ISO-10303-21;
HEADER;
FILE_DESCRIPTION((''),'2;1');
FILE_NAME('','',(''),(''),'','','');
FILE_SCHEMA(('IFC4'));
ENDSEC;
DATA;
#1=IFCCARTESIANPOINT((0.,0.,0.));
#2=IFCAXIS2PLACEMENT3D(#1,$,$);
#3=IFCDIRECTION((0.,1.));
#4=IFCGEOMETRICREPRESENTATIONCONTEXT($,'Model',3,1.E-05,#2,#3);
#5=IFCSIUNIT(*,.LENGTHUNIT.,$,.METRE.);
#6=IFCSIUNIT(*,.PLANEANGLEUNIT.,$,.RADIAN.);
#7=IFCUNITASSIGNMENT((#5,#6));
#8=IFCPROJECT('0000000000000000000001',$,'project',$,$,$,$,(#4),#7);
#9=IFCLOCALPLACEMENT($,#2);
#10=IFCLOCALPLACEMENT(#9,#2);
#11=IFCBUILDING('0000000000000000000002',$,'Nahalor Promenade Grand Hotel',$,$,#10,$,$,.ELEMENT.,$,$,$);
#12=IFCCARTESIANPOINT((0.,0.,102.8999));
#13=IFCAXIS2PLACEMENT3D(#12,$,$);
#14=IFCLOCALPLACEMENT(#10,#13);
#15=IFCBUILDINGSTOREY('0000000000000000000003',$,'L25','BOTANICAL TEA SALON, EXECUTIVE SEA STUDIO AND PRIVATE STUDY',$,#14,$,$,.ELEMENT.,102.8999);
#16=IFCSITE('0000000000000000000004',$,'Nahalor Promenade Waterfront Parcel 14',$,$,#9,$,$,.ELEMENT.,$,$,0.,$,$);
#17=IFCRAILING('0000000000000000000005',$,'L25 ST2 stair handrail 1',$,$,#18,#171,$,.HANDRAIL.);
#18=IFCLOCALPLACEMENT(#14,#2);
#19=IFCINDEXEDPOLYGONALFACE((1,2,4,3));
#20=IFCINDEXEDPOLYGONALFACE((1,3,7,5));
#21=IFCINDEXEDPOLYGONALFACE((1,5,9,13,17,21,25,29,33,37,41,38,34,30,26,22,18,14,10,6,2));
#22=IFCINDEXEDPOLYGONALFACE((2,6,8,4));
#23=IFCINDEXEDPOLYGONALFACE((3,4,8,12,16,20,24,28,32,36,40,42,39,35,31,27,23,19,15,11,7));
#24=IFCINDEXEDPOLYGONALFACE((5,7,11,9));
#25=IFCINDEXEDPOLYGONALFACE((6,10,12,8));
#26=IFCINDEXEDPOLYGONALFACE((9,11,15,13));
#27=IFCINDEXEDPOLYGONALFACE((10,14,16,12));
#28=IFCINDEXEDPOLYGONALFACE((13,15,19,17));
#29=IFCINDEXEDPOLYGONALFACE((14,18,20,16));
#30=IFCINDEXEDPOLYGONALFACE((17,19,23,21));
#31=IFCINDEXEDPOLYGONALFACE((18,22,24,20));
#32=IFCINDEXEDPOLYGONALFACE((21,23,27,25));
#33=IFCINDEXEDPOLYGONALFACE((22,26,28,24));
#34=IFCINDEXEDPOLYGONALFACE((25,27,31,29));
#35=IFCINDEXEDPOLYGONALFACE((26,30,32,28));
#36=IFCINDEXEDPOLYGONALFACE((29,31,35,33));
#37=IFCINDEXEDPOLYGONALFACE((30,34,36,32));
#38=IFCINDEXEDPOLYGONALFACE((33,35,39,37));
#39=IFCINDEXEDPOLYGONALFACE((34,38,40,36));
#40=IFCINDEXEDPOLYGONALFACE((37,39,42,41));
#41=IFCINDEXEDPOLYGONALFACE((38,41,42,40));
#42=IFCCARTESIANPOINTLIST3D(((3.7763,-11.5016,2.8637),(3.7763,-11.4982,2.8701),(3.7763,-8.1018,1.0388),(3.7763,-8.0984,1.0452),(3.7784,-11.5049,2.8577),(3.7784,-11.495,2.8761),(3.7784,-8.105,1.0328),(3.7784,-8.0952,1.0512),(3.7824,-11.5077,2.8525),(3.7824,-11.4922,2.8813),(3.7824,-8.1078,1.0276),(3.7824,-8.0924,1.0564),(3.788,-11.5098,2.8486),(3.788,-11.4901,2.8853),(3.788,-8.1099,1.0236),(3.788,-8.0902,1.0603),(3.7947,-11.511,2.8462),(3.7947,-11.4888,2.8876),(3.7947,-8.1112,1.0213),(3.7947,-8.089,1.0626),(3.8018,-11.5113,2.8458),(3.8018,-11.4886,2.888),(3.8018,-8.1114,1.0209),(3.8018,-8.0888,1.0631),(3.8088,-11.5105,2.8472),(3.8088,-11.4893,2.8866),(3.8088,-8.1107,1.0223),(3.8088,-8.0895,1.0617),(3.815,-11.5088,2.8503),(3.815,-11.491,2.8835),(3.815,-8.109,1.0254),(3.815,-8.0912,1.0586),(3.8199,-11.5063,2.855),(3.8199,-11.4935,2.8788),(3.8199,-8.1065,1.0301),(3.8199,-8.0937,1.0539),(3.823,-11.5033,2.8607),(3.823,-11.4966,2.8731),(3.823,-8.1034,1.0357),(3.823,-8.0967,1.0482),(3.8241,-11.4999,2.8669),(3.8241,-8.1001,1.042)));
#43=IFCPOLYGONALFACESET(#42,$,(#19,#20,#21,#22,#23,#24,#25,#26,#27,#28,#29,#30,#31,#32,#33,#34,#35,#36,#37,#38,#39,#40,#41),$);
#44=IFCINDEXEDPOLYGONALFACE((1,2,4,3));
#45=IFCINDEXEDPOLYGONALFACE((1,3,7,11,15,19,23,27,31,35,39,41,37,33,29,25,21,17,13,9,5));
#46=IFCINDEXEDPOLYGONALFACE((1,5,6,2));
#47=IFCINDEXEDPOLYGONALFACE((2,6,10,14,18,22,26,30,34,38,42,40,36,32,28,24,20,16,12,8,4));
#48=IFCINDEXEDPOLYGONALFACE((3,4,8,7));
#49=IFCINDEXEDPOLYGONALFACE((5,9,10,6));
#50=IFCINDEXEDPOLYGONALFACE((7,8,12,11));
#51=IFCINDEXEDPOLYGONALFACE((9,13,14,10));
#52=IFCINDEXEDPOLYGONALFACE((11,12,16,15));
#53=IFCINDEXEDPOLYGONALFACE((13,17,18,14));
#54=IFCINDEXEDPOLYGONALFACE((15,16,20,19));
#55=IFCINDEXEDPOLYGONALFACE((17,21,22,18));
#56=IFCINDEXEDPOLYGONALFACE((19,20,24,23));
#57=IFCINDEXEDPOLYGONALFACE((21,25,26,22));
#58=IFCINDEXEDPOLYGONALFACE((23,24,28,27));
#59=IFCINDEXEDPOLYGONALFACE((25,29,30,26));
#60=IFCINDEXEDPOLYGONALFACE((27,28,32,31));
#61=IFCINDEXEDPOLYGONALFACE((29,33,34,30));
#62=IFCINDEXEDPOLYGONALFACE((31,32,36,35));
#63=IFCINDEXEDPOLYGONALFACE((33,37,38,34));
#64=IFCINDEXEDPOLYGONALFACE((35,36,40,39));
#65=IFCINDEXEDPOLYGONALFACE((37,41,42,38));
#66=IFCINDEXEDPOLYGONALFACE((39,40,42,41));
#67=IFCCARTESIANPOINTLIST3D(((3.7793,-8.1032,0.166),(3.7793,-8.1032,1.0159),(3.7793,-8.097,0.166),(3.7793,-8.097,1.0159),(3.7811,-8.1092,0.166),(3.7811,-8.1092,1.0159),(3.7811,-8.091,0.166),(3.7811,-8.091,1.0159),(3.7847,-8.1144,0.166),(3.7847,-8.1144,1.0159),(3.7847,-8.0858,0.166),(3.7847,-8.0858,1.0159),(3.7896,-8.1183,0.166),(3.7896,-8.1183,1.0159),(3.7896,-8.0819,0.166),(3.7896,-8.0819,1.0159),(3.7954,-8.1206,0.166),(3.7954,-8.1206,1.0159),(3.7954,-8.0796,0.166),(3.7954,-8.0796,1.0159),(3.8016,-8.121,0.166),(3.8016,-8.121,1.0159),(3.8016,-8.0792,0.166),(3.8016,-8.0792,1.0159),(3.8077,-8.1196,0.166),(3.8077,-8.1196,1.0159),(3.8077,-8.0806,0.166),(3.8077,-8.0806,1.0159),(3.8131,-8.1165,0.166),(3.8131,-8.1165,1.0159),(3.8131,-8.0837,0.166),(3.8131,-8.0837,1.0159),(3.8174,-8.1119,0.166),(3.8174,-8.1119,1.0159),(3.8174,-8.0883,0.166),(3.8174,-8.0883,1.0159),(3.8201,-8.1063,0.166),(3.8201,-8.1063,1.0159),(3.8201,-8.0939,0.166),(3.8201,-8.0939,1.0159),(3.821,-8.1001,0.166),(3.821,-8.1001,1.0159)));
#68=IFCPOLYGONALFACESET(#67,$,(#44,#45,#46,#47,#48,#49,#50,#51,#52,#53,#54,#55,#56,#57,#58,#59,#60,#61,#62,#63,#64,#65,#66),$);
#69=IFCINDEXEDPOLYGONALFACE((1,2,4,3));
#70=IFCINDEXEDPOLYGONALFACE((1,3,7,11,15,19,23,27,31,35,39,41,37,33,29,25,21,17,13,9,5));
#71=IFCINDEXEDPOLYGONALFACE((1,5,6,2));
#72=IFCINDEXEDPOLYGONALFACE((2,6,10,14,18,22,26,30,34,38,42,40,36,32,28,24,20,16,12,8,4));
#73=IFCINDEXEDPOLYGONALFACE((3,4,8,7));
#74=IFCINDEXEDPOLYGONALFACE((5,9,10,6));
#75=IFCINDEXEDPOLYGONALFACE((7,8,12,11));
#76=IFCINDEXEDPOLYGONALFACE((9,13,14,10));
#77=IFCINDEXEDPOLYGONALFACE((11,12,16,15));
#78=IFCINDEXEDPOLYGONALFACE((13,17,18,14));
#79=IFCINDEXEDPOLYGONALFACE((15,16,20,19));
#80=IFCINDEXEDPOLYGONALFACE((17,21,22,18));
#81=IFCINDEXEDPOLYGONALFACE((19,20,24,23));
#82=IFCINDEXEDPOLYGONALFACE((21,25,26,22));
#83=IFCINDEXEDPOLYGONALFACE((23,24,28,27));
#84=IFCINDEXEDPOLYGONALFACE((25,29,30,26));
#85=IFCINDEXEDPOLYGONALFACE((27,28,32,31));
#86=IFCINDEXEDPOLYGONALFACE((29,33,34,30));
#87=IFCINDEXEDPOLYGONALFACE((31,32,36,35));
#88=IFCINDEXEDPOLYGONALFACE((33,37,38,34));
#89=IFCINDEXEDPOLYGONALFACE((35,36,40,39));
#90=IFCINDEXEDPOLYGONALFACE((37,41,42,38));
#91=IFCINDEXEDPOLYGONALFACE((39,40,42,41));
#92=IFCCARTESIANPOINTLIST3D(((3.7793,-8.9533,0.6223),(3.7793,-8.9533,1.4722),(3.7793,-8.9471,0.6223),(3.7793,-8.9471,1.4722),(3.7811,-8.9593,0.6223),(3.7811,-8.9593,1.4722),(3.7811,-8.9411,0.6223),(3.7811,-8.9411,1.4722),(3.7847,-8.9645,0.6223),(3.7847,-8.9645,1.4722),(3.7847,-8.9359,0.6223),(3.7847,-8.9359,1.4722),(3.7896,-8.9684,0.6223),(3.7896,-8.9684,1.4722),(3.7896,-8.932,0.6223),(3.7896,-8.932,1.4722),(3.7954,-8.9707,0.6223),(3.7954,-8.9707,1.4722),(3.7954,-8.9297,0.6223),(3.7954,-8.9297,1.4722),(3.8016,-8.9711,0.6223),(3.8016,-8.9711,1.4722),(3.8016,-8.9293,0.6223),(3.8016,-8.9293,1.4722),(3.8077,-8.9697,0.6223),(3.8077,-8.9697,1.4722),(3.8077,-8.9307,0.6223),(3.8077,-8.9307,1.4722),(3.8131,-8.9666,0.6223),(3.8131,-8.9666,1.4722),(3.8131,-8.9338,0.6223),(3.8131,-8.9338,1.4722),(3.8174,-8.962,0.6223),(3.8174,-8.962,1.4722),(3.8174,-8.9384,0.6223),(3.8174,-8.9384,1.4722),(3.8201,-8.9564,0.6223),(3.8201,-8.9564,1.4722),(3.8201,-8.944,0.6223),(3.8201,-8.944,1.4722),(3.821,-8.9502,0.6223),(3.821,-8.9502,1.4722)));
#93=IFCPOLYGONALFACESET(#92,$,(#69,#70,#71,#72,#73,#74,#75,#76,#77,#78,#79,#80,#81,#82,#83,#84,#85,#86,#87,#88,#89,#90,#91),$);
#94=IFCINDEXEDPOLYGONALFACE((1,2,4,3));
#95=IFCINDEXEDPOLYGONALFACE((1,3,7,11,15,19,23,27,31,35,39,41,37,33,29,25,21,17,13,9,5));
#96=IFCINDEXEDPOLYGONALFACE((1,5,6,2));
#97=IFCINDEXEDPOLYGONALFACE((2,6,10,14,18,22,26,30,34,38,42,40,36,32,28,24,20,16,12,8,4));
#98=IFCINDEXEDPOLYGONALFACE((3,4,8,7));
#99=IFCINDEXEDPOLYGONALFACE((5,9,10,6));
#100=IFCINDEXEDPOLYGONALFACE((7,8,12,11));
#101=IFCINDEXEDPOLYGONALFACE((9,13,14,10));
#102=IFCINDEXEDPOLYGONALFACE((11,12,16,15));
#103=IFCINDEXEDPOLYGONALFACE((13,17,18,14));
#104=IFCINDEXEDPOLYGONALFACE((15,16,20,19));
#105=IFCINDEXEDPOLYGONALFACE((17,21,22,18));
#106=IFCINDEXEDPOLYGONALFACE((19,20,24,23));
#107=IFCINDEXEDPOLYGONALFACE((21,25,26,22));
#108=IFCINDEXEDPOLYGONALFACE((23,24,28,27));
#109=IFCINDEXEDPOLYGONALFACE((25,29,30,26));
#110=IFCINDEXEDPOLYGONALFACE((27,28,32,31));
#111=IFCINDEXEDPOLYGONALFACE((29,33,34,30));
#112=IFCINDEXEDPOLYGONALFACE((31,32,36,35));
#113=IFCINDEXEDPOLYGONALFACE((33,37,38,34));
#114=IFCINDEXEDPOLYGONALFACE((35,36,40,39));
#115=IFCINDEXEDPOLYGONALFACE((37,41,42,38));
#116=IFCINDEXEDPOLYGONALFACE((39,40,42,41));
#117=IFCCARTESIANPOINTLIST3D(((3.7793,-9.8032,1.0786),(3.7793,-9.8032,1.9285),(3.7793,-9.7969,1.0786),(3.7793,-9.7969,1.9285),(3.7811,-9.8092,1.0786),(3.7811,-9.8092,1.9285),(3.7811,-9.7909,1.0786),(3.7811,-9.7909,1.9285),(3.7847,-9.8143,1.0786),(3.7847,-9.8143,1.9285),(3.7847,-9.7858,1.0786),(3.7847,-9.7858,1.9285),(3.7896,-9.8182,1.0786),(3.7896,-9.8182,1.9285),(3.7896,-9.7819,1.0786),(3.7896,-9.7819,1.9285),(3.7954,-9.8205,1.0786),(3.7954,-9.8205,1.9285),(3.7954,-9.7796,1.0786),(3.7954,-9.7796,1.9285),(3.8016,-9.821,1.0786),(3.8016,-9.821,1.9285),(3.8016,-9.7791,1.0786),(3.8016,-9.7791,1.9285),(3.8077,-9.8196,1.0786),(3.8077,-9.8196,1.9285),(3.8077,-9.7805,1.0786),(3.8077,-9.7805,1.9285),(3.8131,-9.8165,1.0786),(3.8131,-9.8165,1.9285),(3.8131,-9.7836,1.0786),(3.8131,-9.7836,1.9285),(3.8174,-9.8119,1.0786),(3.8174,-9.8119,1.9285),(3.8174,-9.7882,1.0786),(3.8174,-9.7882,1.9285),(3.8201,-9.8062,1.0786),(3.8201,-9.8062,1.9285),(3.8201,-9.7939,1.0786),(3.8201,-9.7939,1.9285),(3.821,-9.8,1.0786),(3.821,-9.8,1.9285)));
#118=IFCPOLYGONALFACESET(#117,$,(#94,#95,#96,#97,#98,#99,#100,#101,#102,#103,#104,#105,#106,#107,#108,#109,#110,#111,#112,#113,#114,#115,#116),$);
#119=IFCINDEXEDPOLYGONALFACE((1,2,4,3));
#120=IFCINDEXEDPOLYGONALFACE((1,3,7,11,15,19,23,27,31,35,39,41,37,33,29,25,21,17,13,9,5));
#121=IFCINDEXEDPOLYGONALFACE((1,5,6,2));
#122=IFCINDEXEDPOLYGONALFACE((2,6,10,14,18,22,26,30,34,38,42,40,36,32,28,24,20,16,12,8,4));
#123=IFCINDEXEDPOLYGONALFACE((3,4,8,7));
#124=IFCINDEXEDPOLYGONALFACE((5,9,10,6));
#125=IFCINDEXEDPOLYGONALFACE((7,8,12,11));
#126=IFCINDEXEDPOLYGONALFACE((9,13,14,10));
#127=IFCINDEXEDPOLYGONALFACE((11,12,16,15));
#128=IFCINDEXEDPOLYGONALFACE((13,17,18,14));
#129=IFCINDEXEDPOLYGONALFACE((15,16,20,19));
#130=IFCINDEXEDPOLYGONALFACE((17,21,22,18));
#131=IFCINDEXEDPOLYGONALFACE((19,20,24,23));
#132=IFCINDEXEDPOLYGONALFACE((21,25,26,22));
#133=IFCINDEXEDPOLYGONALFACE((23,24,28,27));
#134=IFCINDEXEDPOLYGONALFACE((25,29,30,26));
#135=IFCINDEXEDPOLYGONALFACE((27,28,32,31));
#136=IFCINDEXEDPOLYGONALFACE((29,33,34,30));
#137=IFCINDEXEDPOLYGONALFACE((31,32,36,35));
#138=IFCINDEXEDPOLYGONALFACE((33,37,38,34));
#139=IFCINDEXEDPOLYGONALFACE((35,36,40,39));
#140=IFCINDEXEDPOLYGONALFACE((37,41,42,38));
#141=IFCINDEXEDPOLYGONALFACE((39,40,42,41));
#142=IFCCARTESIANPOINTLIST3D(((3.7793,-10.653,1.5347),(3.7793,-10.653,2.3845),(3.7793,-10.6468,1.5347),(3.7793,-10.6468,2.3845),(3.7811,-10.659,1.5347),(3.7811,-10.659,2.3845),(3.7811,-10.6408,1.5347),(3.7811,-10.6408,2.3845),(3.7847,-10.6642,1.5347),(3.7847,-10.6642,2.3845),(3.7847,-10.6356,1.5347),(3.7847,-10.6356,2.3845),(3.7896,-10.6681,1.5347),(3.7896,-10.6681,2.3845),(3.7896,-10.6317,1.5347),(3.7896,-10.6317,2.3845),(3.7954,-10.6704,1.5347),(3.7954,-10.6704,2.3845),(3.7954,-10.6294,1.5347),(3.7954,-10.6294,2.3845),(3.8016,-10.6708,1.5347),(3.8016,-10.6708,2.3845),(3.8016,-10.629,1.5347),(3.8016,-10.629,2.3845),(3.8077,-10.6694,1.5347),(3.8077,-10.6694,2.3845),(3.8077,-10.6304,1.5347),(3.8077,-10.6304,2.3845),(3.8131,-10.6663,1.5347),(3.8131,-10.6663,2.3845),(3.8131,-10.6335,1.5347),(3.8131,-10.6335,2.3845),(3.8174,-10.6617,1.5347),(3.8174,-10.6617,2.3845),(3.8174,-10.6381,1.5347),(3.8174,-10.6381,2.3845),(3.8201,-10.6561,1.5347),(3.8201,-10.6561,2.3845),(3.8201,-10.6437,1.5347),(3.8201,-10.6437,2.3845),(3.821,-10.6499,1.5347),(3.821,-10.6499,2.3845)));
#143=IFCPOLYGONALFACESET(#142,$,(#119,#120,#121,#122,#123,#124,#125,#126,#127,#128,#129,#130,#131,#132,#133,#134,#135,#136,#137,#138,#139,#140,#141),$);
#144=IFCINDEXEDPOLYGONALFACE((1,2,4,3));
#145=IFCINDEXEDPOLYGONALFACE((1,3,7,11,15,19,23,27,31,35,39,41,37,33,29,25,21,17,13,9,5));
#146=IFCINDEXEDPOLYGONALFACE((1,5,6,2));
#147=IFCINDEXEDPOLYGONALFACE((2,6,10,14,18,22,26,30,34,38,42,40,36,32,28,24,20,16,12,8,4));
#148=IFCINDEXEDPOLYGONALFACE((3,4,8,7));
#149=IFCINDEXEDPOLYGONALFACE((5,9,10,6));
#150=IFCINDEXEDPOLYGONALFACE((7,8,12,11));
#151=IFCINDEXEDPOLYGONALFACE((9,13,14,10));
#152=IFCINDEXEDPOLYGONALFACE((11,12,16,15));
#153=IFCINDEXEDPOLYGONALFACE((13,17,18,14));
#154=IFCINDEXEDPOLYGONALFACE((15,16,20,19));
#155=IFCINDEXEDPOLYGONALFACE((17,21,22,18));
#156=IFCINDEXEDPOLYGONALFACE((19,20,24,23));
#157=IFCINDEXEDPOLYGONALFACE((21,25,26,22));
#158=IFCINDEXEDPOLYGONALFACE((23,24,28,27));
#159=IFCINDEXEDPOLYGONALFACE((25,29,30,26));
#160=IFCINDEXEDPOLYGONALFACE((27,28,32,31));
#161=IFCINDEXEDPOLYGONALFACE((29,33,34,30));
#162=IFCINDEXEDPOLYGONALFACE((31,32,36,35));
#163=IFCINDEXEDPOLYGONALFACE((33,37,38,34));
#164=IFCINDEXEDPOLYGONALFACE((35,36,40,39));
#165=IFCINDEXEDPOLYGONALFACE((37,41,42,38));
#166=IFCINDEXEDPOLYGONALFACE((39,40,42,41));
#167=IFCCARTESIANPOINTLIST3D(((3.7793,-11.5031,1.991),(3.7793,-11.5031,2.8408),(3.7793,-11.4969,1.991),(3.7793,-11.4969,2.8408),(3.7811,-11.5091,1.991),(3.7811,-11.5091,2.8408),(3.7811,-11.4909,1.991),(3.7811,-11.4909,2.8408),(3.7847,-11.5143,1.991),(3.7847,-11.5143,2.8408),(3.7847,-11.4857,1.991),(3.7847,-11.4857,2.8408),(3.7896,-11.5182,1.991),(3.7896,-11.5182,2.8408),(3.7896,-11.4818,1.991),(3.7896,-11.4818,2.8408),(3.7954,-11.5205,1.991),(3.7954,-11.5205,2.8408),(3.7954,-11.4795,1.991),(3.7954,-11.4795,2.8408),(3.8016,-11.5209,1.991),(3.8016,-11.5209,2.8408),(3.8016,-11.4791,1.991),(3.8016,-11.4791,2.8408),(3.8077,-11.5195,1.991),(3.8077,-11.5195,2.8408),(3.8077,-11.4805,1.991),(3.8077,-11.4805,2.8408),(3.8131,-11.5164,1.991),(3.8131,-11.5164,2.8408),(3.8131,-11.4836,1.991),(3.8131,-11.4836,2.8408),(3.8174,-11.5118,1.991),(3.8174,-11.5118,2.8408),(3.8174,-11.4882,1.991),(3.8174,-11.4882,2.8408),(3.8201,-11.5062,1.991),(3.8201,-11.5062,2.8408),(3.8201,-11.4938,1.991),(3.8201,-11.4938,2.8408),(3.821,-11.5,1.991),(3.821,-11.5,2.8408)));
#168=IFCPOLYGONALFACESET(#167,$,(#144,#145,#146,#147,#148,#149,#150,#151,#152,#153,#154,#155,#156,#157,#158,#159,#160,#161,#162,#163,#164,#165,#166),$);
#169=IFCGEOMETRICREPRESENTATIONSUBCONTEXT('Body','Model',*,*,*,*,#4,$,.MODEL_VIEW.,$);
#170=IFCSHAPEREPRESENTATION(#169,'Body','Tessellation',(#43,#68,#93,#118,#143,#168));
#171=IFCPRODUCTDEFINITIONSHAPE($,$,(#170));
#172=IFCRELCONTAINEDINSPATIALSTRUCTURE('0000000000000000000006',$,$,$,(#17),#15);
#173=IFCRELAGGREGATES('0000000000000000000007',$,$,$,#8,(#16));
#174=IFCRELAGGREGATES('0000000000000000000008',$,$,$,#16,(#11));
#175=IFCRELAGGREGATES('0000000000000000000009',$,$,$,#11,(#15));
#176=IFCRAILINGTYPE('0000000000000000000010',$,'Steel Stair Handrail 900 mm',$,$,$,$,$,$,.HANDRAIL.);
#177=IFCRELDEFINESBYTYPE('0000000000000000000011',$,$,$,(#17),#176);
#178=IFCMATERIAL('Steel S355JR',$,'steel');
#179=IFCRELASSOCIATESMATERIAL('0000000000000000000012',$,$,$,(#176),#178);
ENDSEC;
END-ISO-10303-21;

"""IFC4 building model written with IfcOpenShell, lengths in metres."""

from ifc_helpers import new_model, si_unit, direction, frame, origin, origin_2d, place, context, subcontext, project, spatial, circle, extrude, material, type_object, element, save


model = new_model("IFC4")

# Units and contexts
model_context = context("Model", 3, precision=1e-05, world=origin(), true_north=direction((0.0, 1.0)))
body_context = subcontext(model_context, "Body", "Model", "MODEL_VIEW")
ifc_project = project(units=[si_unit("LENGTHUNIT", "METRE"), si_unit("PLANEANGLEUNIT", "RADIAN")], contexts=[model_context])

# Site, building, storey
site_placement = place(None, origin())
site = spatial("IfcSite", under=ifc_project, at=site_placement, Name="Nahalor Promenade Waterfront Parcel 14", CompositionType="ELEMENT", RefElevation=0.0)
building_placement = place(site_placement, origin())
building = spatial("IfcBuilding", under=site, at=building_placement, Name="Nahalor Promenade Grand Hotel", CompositionType="ELEMENT")
storey_placement = place(building_placement, frame((0.0, 0.0, 102.8999)))
storey = spatial("IfcBuildingStorey", under=building, at=storey_placement, Name="L25", Description="BOTANICAL TEA SALON, EXECUTIVE SEA STUDIO AND PRIVATE STUDY", CompositionType="ELEMENT", Elevation=102.8999)

# Shared definitions
ifc_material_1 = material(Name="Steel S355JR", Category="steel")

# Railing
railing_type_1 = type_object("IfcRailingType", Name="Steel Stair Handrail 900 mm", PredefinedType="HANDRAIL", material=ifc_material_1)
railing_1_placement = place(storey_placement, frame((3.8, -8.1001, 0.166)))
element("IfcRailing", 1, at=railing_1_placement, inside=storey, type_object=railing_type_1, Name="L25 ST2 stair handrail 1", PredefinedType="HANDRAIL", context=body_context, shape_type="SweptSolid", body=[
    extrude(circle(Radius=0.024, at=origin_2d()), frame((0.0, 0.0, 0.876), z_axis=(0.0, -0.881094, 0.472941), x_axis=(1.0, 0.0, 0.0)), (0.0, 0.0, 1.0), 3.8586),
    extrude(circle(Radius=0.021, at=origin_2d()), origin(), (0.0, 0.0, 1.0), 0.8499),
    extrude(circle(Radius=0.021, at=origin_2d()), frame((0.0, -0.8501, 0.4563)), (0.0, 0.0, 1.0), 0.8499),
    extrude(circle(Radius=0.021, at=origin_2d()), frame((0.0, -1.7, 0.9126)), (0.0, 0.0, 1.0), 0.8499),
    extrude(circle(Radius=0.021, at=origin_2d()), frame((0.0, -2.5498, 1.3687)), (0.0, 0.0, 1.0), 0.8499),
    extrude(circle(Radius=0.021, at=origin_2d()), frame((0.0, -3.3999, 1.825)), (0.0, 0.0, 1.0), 0.8499),
])

save(model, "model.ifc")
